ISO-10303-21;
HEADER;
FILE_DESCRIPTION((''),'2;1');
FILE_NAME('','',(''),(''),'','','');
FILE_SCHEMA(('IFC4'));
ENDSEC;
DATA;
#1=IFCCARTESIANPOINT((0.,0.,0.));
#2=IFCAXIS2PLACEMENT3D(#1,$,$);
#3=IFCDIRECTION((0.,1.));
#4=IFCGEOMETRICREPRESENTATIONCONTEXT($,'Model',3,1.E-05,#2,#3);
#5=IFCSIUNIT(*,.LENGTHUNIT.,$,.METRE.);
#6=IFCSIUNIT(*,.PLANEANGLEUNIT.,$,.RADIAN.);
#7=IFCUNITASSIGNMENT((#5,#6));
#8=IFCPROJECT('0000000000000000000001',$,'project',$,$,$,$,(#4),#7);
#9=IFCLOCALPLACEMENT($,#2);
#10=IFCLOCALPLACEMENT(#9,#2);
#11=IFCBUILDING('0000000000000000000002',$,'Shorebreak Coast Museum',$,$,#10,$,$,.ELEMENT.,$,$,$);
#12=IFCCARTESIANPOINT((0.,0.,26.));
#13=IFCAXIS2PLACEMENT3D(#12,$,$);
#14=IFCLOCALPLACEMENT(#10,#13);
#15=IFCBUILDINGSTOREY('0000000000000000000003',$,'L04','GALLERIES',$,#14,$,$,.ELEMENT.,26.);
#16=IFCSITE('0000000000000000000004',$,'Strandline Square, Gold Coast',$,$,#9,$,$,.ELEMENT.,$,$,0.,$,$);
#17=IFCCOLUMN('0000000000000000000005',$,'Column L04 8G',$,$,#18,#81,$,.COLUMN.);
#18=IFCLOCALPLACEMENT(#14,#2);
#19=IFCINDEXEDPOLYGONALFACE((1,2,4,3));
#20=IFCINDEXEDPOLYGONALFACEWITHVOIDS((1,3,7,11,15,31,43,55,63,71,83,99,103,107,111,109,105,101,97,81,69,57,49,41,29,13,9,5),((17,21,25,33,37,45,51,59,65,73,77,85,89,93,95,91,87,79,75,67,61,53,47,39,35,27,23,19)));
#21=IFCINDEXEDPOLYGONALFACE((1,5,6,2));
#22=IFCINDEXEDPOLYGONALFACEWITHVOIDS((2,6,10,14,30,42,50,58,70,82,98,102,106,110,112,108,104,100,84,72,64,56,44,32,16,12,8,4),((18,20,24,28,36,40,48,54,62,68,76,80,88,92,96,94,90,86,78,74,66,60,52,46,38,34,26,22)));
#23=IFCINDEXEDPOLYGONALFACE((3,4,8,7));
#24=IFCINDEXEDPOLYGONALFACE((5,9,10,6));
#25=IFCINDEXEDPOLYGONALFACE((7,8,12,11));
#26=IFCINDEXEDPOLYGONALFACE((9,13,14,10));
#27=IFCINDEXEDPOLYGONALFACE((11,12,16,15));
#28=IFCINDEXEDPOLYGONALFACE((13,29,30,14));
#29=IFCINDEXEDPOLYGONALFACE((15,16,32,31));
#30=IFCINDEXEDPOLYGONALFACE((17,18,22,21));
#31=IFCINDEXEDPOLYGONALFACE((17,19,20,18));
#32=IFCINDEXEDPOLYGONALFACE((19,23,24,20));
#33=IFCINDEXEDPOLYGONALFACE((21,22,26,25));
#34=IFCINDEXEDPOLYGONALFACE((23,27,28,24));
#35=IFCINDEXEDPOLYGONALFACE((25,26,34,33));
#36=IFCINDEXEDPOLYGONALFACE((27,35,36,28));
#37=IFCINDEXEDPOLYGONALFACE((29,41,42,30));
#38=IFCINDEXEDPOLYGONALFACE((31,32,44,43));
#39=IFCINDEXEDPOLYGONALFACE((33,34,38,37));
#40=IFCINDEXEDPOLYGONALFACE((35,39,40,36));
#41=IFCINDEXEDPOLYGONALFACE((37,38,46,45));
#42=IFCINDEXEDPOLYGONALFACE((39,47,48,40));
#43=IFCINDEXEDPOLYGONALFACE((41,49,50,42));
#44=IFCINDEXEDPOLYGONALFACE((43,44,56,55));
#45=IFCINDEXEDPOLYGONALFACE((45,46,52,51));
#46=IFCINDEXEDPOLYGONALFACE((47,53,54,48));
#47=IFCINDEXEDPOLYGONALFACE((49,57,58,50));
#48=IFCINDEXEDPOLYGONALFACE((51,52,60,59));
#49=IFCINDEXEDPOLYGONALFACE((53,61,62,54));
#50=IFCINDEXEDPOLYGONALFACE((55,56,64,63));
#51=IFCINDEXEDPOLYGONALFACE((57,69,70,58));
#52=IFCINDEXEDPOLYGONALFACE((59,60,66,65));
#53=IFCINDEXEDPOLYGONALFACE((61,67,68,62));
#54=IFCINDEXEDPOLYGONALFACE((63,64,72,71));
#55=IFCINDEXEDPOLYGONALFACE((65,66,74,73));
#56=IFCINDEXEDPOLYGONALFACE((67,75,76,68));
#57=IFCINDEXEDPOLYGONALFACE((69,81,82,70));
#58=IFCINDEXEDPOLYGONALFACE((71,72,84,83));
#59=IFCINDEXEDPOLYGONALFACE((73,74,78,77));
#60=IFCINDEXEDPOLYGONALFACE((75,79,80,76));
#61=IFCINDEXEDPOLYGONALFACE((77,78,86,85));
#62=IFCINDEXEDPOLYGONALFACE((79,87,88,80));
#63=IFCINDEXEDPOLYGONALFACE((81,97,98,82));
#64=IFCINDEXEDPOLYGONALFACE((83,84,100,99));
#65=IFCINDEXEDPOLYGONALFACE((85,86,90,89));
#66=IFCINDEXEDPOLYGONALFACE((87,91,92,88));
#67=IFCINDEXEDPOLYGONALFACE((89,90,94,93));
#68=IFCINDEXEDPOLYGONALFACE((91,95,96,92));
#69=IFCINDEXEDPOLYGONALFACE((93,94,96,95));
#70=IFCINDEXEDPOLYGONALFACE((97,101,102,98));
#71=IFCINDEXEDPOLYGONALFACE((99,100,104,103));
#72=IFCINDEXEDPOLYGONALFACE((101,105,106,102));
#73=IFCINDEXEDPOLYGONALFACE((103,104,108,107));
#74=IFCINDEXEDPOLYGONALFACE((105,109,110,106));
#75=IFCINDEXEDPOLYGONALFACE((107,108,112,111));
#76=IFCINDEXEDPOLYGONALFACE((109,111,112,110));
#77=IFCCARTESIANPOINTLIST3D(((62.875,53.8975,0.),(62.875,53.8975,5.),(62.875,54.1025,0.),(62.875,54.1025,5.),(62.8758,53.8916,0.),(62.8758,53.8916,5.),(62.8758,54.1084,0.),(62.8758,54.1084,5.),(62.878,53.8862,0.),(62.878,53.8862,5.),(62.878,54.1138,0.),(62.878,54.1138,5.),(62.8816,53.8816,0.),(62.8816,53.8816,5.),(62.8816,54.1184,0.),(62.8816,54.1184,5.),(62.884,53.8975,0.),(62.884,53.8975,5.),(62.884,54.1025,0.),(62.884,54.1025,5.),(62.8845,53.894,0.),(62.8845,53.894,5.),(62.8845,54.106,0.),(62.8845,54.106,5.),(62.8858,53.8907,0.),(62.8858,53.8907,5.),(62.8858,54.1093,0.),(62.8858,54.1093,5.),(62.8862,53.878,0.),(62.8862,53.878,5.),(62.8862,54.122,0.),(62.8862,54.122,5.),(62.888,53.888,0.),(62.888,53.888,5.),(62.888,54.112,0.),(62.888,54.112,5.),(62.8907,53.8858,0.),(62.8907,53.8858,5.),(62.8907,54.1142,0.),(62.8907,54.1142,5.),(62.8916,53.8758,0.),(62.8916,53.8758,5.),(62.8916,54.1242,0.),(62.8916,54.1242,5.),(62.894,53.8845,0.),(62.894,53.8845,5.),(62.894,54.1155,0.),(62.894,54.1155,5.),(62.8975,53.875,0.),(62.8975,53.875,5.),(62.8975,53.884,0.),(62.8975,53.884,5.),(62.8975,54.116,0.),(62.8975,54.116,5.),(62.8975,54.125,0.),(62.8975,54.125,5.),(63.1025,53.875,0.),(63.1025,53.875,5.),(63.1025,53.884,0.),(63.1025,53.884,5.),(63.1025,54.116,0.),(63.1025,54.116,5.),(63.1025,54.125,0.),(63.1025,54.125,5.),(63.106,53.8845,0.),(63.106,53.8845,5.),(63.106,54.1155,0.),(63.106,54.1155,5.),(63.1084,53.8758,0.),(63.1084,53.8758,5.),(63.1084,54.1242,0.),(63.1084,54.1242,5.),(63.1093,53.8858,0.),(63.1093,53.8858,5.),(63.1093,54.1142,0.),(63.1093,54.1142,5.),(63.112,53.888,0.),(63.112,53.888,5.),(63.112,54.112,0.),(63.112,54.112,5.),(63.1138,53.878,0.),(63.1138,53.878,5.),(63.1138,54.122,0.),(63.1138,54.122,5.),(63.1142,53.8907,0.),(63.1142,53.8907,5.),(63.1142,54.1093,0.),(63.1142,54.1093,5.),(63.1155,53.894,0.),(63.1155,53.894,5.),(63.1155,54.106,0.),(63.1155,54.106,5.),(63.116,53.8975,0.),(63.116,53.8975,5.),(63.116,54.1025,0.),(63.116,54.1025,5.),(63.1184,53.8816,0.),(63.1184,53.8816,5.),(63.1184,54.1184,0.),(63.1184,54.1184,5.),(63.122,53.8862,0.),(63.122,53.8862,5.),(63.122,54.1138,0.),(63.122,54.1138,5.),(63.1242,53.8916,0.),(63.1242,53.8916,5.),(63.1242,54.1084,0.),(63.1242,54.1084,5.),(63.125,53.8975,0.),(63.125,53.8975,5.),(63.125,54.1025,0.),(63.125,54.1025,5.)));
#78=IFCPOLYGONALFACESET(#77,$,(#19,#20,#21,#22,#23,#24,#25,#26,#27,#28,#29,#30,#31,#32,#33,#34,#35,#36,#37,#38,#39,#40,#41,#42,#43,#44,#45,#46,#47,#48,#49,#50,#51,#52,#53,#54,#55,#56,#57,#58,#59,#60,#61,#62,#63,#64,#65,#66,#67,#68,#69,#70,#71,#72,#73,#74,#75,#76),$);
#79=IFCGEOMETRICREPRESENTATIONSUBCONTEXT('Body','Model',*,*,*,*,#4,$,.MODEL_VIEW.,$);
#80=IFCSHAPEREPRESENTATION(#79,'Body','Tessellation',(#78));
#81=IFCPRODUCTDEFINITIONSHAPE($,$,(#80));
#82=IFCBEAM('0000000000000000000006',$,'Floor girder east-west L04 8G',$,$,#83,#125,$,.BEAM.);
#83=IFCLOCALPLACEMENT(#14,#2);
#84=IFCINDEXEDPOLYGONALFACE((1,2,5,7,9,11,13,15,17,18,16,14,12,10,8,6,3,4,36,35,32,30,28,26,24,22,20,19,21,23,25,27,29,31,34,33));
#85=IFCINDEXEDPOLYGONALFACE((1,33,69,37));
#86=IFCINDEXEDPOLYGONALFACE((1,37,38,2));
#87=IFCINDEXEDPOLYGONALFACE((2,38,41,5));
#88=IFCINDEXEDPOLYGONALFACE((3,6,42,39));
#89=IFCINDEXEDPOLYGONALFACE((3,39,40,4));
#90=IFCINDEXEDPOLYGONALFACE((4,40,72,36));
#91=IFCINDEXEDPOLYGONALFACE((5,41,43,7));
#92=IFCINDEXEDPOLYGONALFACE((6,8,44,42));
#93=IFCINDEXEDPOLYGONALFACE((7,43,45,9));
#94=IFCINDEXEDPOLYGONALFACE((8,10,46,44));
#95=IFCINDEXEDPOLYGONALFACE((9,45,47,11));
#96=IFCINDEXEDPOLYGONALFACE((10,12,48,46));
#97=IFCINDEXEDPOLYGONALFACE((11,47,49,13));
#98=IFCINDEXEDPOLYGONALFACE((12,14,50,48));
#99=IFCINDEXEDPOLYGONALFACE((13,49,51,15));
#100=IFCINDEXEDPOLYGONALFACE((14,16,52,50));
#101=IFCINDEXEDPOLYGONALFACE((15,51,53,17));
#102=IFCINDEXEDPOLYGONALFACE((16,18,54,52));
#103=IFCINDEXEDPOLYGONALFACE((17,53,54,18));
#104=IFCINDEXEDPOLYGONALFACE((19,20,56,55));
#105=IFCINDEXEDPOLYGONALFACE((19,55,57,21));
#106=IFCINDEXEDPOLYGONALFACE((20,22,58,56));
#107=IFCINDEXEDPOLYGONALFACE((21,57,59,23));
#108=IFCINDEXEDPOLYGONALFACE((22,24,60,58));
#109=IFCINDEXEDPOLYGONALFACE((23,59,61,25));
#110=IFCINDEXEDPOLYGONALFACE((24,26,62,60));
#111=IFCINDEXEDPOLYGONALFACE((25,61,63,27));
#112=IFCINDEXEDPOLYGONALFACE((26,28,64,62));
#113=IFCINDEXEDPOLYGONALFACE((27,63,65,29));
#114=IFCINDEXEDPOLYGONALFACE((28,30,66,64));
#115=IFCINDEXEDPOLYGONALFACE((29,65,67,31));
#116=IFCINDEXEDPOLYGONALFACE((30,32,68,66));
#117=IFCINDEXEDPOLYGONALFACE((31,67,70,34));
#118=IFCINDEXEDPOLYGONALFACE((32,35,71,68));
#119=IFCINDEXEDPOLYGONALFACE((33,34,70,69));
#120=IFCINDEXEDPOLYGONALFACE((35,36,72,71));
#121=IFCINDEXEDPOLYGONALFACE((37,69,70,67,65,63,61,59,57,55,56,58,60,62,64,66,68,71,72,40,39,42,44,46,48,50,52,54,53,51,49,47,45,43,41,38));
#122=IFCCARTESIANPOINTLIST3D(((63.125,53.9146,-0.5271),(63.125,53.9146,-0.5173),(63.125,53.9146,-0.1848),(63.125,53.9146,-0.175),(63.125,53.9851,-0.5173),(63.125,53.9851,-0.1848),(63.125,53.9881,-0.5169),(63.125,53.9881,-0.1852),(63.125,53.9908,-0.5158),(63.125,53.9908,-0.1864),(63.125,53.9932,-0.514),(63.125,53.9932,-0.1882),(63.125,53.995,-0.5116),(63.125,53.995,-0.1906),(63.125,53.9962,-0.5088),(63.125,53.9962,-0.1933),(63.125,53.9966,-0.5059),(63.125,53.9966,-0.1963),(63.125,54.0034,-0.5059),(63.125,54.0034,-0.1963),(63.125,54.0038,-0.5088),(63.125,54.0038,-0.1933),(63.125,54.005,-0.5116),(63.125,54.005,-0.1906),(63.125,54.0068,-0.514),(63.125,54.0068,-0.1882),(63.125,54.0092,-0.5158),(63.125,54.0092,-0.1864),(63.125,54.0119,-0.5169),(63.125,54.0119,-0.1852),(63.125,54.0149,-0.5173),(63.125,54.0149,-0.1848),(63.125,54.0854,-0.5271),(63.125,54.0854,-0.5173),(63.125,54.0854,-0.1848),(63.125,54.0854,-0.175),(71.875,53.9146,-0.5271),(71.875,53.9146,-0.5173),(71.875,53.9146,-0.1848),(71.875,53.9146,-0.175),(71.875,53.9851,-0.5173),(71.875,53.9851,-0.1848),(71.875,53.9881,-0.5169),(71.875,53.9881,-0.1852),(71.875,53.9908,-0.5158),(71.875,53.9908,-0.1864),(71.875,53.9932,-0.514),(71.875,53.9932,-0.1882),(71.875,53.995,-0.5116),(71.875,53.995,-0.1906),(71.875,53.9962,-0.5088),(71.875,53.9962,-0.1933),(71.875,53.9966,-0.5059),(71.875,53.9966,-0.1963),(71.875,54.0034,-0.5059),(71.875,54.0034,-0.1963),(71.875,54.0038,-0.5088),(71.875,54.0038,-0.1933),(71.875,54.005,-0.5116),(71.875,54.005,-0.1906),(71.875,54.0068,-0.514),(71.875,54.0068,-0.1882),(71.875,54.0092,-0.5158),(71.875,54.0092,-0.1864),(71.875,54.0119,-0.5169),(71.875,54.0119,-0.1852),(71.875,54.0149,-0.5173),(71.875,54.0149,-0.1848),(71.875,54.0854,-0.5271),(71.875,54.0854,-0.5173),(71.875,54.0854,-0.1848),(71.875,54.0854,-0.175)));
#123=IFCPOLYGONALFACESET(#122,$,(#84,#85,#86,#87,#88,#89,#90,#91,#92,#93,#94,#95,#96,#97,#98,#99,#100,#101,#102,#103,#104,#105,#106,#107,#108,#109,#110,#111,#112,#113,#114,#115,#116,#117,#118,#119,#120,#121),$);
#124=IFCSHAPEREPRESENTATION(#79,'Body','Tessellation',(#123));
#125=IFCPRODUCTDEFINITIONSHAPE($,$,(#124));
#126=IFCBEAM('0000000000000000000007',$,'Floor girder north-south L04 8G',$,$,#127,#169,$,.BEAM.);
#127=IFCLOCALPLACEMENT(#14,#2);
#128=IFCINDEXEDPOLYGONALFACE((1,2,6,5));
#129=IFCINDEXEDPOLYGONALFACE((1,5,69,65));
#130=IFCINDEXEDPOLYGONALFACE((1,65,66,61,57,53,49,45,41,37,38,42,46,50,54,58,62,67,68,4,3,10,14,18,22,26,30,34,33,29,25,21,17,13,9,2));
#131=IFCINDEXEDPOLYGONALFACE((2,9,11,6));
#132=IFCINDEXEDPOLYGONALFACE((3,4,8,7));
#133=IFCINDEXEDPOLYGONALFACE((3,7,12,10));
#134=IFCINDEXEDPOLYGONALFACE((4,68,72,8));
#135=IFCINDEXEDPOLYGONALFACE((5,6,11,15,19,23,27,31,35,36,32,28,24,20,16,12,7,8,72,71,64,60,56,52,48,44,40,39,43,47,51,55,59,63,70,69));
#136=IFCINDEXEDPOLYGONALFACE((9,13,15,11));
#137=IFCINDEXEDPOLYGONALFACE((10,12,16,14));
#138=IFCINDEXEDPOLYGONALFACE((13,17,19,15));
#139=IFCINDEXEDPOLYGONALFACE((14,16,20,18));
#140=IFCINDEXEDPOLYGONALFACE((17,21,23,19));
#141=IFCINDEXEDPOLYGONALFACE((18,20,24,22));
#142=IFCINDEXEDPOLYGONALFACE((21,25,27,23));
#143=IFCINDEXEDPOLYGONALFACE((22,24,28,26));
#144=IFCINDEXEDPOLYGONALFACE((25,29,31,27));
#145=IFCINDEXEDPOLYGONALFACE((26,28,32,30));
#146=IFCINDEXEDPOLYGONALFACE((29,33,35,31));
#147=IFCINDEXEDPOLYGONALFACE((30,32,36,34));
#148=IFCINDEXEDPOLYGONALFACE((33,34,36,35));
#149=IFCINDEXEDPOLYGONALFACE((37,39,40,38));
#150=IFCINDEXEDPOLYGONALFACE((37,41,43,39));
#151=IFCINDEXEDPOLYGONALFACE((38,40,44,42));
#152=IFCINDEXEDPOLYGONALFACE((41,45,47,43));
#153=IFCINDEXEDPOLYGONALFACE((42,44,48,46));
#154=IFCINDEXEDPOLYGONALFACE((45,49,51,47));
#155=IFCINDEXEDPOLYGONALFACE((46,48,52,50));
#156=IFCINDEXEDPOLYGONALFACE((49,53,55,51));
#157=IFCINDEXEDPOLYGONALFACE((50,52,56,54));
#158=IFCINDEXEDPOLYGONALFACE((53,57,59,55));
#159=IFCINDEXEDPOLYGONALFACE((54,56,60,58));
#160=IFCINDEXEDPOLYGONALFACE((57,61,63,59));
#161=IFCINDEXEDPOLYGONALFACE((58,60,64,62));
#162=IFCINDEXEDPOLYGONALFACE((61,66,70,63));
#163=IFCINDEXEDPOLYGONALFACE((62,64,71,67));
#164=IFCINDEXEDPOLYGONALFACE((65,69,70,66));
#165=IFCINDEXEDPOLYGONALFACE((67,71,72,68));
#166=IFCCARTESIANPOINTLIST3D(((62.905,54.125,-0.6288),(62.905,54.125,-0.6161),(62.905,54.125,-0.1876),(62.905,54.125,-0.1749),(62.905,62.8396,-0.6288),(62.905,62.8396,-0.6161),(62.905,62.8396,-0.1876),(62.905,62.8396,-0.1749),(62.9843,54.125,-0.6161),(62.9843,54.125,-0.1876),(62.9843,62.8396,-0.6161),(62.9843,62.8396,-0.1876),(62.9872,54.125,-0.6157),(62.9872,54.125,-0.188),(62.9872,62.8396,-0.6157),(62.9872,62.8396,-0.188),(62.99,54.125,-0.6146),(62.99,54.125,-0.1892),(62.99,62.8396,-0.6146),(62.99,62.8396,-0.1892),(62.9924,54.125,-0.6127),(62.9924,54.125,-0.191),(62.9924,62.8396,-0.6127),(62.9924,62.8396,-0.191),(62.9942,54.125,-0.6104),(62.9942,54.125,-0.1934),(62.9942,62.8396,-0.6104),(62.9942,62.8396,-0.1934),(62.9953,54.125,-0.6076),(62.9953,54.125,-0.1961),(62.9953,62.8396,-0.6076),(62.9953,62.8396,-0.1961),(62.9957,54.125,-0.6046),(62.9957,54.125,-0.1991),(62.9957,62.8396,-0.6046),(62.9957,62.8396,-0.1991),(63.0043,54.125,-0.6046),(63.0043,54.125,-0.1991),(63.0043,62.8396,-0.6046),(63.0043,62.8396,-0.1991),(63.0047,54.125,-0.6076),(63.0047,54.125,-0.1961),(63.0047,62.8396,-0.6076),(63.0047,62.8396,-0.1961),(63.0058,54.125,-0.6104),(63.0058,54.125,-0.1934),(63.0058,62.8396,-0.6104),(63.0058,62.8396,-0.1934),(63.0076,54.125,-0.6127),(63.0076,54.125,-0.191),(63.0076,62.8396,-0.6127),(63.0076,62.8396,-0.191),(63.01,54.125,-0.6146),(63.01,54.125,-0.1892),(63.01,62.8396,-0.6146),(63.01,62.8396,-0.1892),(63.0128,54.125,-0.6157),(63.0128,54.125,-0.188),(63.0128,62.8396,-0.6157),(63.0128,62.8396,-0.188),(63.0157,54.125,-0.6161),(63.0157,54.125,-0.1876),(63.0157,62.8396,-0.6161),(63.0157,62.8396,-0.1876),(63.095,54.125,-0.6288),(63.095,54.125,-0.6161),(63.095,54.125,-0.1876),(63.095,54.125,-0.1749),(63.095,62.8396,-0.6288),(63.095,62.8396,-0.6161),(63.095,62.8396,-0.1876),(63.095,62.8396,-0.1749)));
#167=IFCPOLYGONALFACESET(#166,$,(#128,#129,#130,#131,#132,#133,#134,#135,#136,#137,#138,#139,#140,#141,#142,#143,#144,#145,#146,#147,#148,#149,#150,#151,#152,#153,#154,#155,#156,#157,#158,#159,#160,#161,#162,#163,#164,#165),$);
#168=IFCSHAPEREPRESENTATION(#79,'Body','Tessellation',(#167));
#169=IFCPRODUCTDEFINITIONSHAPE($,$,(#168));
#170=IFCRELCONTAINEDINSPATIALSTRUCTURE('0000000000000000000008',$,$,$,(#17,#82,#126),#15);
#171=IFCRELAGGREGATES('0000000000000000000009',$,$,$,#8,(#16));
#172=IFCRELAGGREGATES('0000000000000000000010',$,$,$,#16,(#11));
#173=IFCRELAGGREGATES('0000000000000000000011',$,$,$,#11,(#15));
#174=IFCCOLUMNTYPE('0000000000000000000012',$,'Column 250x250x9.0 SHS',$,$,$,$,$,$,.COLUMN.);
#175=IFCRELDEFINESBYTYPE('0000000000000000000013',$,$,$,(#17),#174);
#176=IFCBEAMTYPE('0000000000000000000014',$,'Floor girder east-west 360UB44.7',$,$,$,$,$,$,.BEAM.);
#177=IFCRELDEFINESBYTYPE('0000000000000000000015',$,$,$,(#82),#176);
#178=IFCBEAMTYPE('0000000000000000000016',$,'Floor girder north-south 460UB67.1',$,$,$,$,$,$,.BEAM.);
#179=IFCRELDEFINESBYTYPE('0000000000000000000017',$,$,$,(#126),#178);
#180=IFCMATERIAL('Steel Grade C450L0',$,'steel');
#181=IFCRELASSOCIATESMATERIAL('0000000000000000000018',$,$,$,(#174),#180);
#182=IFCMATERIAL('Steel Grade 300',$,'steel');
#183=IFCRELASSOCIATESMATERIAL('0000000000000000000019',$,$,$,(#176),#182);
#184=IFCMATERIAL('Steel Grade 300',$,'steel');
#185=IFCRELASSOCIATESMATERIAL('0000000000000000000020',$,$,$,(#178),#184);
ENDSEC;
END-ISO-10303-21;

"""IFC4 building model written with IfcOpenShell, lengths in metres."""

from ifc_helpers import new_model, si_unit, direction, frame, origin, origin_2d, place, context, subcontext, project, spatial, hollow_rectangle, i_section, extrude, material, material_profile, profile_set, type_object, element, save


model = new_model("IFC4")

# Units and contexts
model_context = context("Model", 3, precision=1e-05, world=origin(), true_north=direction((0.0, 1.0)))
body_context = subcontext(model_context, "Body", "Model", "MODEL_VIEW")
ifc_project = project(units=[si_unit("LENGTHUNIT", "METRE"), si_unit("PLANEANGLEUNIT", "RADIAN")], contexts=[model_context])

# Site, building, storey
site_placement = place(None, origin())
site = spatial("IfcSite", under=ifc_project, at=site_placement, Name="Strandline Square, Gold Coast", CompositionType="ELEMENT", RefElevation=0.0)
building_placement = place(site_placement, origin())
building = spatial("IfcBuilding", under=site, at=building_placement, Name="Shorebreak Coast Museum", CompositionType="ELEMENT")
storey_placement = place(building_placement, frame((0.0, 0.0, 26.0)))
storey = spatial("IfcBuildingStorey", under=building, at=storey_placement, Name="L04", Description="GALLERIES", CompositionType="ELEMENT", Elevation=26.0)

# Column
ifc_material_1 = material(Name="Steel Grade C450L0", Category="steel")
ifc_material_profile_1 = material_profile(ifc_material_1, hollow_rectangle(XDim=0.25, YDim=0.25, WallThickness=0.009, InnerFilletRadius=0.0134, OuterFilletRadius=0.0225, at=origin_2d()), Name="250x250x9.0 SHS")
ifc_profile_set_1 = profile_set([ifc_material_profile_1], Name="Steel Grade C450L0")
column_type = type_object("IfcColumnType", Name="Column 250x250x9.0 SHS", PredefinedType="COLUMN", material=ifc_profile_set_1)
column_placement = place(storey_placement, frame((63.0, 54.0, 0.0), z_axis=(0.0, 0.0, 1.0), x_axis=(1.0, 0.0, 0.0)))
element("IfcColumn", 1, at=column_placement, inside=storey, type_object=column_type, Name="Column L04 8G", PredefinedType="COLUMN", context=body_context, shape_type="SweptSolid", body=[
    extrude(hollow_rectangle(XDim=0.25, YDim=0.25, WallThickness=0.009, InnerFilletRadius=0.0134, OuterFilletRadius=0.0225, at=origin_2d()), origin(), (0.0, 0.0, 1.0), 5.0),
])

# Beams
ifc_material_2 = material(Name="Steel Grade 300", Category="steel")
ifc_material_profile_2 = material_profile(ifc_material_2, i_section(OverallWidth=0.1709, OverallDepth=0.3521, WebThickness=0.0068, FlangeThickness=0.0098, FilletRadius=0.0115, at=origin_2d()), Name="360UB44.7")
ifc_profile_set_2 = profile_set([ifc_material_profile_2], Name="Steel Grade 300")
beam_type_1 = type_object("IfcBeamType", Name="Floor girder east-west 360UB44.7", PredefinedType="BEAM", material=ifc_profile_set_2)
beam_1_placement = place(storey_placement, frame((63.125, 54.0, -0.3511), z_axis=(1.0, 0.0, 0.0), x_axis=(0.0, 1.0, 0.0)))
element("IfcBeam", 2, at=beam_1_placement, inside=storey, type_object=beam_type_1, Name="Floor girder east-west L04 8G", PredefinedType="BEAM", context=body_context, shape_type="SweptSolid", body=[
    extrude(i_section(OverallWidth=0.1709, OverallDepth=0.3521, WebThickness=0.0068, FlangeThickness=0.0098, FilletRadius=0.0115, at=origin_2d()), origin(), (0.0, 0.0, 1.0), 8.75),
])
ifc_material_3 = material(Name="Steel Grade 300", Category="steel")
ifc_material_profile_3 = material_profile(ifc_material_3, i_section(OverallWidth=0.1899, OverallDepth=0.4539, WebThickness=0.0085, FlangeThickness=0.0127, FilletRadius=0.0115, at=origin_2d()), Name="460UB67.1")
ifc_profile_set_3 = profile_set([ifc_material_profile_3], Name="Steel Grade 300")
beam_type_2 = type_object("IfcBeamType", Name="Floor girder north-south 460UB67.1", PredefinedType="BEAM", material=ifc_profile_set_3)
beam_2_placement = place(storey_placement, frame((63.0, 54.125, -0.4019), z_axis=(0.0, 1.0, 0.0), x_axis=(-1.0, 0.0, 0.0)))
element("IfcBeam", 3, at=beam_2_placement, inside=storey, type_object=beam_type_2, Name="Floor girder north-south L04 8G", PredefinedType="BEAM", context=body_context, shape_type="SweptSolid", body=[
    extrude(i_section(OverallWidth=0.1899, OverallDepth=0.4539, WebThickness=0.0085, FlangeThickness=0.0127, FilletRadius=0.0115, at=origin_2d()), origin(), (0.0, 0.0, 1.0), 8.7146),
])

save(model, "model.ifc")
